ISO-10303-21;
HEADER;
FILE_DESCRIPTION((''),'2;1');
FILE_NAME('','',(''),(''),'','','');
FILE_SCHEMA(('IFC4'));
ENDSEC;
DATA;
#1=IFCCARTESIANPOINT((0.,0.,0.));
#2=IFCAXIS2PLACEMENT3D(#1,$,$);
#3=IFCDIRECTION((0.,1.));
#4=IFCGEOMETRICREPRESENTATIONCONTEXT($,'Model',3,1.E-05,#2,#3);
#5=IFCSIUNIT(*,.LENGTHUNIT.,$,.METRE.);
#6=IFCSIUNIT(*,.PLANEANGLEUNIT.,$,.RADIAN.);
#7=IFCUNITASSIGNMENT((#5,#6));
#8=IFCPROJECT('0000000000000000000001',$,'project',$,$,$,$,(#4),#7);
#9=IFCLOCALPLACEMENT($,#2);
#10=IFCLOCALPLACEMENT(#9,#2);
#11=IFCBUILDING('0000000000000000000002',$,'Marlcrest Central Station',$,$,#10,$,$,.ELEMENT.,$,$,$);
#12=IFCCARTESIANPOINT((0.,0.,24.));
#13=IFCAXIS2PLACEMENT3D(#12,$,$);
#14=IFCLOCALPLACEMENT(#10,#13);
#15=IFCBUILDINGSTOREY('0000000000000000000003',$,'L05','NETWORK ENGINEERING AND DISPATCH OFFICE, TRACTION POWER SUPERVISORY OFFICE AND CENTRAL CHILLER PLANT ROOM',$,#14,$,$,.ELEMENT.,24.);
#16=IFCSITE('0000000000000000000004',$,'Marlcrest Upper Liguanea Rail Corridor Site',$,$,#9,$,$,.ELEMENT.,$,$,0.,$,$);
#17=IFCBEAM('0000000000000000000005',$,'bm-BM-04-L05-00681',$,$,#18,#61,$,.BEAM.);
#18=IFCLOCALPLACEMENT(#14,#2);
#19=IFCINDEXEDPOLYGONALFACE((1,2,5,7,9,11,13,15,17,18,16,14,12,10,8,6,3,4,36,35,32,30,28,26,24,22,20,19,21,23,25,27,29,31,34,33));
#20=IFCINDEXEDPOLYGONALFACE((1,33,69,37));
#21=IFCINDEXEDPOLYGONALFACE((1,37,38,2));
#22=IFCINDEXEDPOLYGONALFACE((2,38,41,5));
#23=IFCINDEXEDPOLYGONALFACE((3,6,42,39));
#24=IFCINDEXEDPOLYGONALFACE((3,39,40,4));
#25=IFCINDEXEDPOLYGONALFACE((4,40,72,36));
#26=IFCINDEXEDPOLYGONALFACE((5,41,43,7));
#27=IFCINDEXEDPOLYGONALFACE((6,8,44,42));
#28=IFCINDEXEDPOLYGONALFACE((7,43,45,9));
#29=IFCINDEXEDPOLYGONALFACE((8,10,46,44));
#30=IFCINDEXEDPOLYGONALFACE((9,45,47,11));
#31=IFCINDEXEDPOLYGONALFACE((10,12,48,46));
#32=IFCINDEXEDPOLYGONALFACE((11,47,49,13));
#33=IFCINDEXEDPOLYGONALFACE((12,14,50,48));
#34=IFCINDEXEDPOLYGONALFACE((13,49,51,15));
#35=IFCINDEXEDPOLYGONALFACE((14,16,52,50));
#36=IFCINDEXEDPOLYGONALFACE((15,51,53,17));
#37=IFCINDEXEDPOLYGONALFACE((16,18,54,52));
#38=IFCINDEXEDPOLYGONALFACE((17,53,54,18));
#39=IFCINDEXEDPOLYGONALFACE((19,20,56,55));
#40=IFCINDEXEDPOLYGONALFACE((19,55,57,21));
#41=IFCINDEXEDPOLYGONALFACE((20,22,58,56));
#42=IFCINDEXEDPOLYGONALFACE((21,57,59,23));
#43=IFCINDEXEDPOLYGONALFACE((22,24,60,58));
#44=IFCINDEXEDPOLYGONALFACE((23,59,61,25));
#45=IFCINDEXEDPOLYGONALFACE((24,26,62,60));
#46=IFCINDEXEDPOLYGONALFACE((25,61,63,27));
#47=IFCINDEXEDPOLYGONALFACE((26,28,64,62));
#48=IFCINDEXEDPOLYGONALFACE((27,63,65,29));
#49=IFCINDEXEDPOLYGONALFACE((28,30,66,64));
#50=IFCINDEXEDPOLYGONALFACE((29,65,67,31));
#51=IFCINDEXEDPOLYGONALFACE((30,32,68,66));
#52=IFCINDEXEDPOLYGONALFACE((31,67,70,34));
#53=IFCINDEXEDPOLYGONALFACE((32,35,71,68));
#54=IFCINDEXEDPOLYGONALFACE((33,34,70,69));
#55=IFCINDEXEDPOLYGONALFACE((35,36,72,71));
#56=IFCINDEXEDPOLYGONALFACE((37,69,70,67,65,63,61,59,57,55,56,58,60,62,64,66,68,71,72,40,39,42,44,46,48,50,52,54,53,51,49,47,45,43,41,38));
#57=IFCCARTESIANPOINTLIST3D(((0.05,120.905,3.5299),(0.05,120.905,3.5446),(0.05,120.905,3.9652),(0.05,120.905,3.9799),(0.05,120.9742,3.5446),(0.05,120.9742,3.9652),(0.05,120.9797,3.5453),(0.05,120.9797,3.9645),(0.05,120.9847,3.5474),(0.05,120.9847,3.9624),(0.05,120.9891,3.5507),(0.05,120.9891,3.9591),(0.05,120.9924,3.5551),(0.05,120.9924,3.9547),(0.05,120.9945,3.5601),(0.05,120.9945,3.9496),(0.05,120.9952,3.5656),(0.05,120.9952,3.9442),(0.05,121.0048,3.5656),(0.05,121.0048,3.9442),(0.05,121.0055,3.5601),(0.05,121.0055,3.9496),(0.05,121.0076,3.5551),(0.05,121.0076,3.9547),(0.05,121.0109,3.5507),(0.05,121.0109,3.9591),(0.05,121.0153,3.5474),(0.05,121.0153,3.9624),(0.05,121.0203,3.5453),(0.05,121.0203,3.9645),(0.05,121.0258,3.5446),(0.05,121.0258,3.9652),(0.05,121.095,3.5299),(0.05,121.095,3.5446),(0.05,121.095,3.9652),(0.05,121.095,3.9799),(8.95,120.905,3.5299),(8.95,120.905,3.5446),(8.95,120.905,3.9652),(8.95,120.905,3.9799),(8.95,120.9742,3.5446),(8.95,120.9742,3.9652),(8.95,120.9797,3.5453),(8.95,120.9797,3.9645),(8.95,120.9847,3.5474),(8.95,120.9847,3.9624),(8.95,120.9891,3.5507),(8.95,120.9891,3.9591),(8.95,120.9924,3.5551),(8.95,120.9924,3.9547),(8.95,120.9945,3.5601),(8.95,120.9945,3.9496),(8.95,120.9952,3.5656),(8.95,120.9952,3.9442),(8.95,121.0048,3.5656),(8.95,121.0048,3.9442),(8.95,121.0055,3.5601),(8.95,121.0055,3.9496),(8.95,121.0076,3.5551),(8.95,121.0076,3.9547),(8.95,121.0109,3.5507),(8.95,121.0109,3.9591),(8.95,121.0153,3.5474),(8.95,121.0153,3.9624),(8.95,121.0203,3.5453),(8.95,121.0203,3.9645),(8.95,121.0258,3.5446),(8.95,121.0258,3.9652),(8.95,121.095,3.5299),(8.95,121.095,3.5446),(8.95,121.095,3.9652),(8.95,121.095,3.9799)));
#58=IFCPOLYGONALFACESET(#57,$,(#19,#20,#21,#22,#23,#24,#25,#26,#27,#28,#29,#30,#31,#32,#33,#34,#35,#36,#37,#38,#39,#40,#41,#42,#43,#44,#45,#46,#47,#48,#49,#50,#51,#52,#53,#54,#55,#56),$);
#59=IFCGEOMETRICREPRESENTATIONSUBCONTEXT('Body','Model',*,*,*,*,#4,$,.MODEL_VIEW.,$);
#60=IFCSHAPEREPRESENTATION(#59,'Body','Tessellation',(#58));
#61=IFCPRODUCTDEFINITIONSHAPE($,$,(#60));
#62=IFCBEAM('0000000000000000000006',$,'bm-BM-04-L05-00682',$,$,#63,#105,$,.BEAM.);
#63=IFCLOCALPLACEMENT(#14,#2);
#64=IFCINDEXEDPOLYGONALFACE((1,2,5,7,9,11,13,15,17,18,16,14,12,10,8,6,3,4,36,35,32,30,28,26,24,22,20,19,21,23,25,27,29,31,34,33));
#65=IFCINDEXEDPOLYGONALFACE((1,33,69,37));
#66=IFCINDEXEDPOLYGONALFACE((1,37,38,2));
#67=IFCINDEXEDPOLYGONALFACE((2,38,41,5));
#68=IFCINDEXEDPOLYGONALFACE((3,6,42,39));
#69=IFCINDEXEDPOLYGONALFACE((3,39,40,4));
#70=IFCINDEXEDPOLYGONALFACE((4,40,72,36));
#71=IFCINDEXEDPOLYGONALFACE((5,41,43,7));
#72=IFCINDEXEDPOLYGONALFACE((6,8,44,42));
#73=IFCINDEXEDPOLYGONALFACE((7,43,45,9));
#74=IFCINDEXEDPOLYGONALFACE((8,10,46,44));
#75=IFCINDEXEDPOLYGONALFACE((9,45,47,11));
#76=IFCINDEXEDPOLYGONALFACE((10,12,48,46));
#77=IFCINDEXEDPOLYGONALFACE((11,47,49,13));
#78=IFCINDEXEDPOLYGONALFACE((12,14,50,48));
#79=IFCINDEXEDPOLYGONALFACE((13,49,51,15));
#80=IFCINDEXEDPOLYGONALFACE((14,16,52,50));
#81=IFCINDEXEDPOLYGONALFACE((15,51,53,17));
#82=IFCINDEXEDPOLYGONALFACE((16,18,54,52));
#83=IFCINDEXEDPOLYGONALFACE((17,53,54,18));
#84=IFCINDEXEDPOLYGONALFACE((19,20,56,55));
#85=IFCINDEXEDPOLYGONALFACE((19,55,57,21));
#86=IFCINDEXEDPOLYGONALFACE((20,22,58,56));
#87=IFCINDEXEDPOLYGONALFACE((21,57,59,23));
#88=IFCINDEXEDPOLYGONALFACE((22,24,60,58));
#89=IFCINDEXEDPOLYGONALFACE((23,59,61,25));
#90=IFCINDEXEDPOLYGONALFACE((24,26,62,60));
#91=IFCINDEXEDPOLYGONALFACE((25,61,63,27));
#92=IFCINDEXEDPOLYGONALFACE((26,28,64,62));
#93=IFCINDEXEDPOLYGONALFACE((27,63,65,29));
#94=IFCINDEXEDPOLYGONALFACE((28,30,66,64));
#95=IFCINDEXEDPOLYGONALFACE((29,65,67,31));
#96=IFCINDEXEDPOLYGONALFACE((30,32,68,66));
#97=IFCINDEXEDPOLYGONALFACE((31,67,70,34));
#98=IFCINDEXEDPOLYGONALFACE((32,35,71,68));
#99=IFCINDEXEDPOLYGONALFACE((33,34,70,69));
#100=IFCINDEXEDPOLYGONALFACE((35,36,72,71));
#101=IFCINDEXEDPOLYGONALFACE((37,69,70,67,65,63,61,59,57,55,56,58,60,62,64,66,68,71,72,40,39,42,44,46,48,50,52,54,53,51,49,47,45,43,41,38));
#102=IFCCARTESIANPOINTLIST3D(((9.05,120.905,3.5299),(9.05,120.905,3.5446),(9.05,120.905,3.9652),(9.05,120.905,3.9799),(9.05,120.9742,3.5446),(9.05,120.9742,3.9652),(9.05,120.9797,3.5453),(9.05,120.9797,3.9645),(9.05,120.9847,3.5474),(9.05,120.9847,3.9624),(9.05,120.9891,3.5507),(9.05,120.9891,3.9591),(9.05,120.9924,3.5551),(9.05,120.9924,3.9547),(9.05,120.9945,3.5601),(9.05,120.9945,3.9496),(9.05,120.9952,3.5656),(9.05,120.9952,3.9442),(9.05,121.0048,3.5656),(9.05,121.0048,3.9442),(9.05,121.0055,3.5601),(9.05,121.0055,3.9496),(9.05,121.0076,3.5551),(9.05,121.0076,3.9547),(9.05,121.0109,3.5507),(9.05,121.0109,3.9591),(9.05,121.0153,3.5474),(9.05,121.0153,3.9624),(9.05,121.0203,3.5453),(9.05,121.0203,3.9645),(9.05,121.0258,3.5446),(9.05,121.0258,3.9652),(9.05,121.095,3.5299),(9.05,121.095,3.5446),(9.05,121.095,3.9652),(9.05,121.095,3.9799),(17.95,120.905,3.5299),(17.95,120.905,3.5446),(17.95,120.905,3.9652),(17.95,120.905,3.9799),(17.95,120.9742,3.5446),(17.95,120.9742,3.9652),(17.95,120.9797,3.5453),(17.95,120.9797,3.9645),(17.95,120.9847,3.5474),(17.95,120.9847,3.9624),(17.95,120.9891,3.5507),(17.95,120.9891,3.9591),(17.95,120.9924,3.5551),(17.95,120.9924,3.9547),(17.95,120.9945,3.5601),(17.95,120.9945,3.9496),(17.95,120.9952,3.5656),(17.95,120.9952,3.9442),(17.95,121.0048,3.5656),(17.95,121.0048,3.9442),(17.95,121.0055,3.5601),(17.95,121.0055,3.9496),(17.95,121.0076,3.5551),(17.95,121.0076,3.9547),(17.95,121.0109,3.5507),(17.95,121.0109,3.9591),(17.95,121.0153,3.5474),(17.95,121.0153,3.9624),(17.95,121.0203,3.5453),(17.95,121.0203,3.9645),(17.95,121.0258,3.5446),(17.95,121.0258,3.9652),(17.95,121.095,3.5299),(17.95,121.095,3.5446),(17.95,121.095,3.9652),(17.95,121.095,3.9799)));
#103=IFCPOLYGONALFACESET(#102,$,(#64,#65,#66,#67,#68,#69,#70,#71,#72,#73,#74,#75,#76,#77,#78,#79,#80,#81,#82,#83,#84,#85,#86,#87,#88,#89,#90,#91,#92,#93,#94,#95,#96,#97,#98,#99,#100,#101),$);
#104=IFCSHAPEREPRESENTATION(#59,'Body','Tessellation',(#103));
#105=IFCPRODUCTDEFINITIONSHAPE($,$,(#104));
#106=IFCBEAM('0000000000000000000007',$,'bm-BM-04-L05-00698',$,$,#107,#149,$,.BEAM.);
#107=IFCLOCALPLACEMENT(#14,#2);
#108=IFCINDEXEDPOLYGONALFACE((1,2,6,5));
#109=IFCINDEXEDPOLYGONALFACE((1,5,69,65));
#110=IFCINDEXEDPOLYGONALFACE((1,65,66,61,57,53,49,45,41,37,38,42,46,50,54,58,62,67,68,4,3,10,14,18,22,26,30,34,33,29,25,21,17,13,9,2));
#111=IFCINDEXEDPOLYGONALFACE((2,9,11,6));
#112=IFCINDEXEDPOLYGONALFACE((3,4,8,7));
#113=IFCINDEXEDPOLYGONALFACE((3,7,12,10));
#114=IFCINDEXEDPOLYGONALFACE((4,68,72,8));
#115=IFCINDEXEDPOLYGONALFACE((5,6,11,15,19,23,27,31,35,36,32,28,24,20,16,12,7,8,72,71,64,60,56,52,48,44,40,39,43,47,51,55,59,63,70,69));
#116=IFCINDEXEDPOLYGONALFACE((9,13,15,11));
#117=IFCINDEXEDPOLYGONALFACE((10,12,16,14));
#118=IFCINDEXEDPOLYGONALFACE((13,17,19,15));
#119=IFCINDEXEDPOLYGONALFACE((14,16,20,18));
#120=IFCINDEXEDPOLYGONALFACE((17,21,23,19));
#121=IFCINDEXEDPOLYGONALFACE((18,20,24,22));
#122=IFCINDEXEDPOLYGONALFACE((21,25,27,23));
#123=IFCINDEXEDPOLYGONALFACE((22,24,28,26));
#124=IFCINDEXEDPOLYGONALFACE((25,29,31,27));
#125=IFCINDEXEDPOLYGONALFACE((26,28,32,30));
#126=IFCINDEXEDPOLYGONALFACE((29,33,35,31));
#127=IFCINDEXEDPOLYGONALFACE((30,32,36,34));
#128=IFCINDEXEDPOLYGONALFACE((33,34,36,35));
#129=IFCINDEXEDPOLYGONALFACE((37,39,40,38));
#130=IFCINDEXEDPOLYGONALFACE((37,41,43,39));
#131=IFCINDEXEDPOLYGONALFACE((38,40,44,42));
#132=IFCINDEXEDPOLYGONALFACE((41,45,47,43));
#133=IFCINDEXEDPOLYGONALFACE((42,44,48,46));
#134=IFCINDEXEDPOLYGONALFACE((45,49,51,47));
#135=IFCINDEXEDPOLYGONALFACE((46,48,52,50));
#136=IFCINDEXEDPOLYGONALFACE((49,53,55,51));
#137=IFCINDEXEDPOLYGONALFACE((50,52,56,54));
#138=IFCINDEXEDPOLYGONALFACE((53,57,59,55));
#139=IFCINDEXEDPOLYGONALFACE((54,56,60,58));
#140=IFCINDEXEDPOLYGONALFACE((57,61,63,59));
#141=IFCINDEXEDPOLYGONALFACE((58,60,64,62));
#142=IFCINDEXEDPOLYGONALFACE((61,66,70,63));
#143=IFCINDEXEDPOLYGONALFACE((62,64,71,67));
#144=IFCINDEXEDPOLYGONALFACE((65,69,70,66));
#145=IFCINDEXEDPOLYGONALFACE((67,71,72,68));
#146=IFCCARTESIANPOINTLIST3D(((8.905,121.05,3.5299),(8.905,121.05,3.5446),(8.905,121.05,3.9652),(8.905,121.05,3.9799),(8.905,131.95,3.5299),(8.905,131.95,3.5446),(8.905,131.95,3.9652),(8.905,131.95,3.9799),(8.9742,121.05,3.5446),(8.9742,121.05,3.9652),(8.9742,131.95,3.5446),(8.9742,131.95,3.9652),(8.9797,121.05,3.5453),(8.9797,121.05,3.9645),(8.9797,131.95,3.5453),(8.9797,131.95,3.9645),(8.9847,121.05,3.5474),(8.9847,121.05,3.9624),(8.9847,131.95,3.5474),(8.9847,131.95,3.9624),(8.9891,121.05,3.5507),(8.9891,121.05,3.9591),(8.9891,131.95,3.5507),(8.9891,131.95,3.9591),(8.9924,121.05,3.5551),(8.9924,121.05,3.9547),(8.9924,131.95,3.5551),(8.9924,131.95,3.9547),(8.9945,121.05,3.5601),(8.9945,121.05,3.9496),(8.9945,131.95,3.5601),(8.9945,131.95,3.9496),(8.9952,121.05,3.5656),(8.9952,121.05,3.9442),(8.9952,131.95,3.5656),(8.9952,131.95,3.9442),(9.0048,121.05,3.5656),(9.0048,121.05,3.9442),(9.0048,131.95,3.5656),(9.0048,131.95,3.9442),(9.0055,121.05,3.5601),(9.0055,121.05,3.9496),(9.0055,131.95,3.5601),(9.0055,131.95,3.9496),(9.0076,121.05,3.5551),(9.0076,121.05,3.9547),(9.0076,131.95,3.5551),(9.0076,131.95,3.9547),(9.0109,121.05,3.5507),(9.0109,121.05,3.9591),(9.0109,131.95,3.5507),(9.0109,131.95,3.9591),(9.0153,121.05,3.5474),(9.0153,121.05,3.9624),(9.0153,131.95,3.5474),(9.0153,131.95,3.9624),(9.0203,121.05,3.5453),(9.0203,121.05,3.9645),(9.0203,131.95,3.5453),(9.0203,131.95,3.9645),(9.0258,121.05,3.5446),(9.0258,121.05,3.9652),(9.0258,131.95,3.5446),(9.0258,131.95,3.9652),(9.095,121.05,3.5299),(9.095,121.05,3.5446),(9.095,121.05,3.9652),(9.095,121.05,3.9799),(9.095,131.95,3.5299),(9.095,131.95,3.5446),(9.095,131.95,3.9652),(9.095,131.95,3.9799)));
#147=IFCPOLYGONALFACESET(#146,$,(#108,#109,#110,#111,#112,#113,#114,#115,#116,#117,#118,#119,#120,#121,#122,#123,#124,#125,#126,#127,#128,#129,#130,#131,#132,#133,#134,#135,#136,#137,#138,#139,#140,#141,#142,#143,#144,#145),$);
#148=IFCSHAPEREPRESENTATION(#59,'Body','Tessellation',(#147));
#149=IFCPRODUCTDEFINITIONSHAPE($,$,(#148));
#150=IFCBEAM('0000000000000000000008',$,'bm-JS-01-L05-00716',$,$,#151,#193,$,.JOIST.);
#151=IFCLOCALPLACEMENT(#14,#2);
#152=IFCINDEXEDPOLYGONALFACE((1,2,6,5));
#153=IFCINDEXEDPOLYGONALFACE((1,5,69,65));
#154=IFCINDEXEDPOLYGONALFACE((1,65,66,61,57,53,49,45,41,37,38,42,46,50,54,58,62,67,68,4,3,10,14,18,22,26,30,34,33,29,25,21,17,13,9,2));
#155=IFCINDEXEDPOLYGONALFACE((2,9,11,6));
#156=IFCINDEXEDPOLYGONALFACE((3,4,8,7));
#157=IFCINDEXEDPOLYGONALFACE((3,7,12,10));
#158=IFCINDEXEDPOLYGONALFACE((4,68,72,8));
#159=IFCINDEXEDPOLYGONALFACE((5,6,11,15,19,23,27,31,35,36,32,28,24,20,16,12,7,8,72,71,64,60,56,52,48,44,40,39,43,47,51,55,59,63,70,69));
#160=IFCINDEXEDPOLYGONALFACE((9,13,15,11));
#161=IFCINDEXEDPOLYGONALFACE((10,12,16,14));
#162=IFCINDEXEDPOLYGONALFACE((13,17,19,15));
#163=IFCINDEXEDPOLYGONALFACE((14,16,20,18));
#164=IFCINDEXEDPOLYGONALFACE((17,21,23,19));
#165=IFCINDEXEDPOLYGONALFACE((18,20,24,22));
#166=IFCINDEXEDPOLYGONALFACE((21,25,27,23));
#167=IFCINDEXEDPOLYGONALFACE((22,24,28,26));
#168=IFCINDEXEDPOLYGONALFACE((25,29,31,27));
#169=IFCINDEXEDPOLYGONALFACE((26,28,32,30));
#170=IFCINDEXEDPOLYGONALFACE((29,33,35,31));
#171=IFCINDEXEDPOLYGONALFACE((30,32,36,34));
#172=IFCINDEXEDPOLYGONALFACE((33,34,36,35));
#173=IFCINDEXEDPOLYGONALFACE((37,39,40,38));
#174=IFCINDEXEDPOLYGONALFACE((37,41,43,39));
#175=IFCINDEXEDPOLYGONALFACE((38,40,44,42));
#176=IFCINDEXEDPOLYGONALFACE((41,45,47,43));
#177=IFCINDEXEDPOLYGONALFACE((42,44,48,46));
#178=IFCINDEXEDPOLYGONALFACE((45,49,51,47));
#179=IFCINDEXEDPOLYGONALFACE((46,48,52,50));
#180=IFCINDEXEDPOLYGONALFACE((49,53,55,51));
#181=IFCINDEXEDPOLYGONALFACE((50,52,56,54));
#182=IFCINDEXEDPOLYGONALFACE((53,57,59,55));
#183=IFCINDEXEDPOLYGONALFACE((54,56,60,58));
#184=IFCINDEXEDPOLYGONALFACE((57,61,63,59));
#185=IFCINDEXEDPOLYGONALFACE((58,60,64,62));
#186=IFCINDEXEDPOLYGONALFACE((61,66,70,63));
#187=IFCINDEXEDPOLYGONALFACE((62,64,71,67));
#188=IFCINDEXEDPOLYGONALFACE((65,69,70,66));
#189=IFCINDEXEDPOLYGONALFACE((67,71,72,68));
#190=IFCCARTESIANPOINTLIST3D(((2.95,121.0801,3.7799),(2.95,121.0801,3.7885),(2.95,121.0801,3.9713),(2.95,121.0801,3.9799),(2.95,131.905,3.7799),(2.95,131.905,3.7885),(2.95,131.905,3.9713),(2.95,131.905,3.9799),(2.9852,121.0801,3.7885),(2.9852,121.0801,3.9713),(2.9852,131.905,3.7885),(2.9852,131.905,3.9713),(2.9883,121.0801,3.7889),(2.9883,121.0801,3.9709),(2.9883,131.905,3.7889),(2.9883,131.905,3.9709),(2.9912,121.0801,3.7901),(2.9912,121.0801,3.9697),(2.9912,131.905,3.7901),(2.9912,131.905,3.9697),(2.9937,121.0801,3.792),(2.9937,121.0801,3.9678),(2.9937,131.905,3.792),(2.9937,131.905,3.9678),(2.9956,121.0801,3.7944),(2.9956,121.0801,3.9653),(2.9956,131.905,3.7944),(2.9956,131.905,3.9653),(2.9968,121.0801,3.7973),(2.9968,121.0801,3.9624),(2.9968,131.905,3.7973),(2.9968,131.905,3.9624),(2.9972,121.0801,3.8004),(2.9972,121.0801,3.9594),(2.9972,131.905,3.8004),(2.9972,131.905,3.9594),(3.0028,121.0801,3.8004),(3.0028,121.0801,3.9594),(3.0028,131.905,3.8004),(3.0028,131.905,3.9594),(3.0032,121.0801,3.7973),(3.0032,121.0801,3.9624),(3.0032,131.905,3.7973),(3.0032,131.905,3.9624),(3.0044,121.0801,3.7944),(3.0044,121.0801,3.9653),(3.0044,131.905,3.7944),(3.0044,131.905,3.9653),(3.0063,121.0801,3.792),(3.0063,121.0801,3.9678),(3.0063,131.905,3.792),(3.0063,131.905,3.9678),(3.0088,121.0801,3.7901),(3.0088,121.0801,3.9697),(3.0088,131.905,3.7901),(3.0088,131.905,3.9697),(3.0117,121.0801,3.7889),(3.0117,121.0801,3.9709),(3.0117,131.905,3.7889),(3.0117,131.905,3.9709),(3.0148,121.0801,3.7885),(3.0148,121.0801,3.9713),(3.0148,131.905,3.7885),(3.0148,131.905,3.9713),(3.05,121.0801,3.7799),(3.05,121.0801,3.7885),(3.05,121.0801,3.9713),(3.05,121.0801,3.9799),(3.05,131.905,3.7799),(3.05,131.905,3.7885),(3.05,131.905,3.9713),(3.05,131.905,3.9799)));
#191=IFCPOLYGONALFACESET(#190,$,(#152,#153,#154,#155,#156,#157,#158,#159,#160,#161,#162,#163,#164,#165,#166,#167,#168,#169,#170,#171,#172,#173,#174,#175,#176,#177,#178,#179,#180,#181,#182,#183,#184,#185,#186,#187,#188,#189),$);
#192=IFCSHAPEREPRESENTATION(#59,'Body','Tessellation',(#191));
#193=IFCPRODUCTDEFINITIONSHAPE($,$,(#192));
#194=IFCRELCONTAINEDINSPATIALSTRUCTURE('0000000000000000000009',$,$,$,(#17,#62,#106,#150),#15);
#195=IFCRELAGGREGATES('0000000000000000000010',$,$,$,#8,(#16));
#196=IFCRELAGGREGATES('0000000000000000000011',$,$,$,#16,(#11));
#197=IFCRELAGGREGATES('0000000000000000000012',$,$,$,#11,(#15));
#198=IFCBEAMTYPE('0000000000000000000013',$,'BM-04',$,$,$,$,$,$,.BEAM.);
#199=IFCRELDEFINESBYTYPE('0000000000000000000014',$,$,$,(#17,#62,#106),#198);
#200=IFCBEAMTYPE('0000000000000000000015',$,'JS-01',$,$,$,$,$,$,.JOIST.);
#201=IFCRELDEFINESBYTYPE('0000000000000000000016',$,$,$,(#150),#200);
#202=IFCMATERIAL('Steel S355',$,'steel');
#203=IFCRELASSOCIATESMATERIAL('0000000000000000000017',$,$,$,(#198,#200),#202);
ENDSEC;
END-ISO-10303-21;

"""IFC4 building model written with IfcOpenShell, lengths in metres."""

from ifc_helpers import new_model, si_unit, direction, frame, origin, origin_2d, place, context, subcontext, project, spatial, i_section, extrude, material, material_profile, profile_set, type_object, element, save


model = new_model("IFC4")

# Units and contexts
model_context = context("Model", 3, precision=1e-05, world=origin(), true_north=direction((0.0, 1.0)))
body_context = subcontext(model_context, "Body", "Model", "MODEL_VIEW")
ifc_project = project(units=[si_unit("LENGTHUNIT", "METRE"), si_unit("PLANEANGLEUNIT", "RADIAN")], contexts=[model_context])

# Site, building, storey
site_placement = place(None, origin())
site = spatial("IfcSite", under=ifc_project, at=site_placement, Name="Marlcrest Upper Liguanea Rail Corridor Site", CompositionType="ELEMENT", RefElevation=0.0)
building_placement = place(site_placement, origin())
building = spatial("IfcBuilding", under=site, at=building_placement, Name="Marlcrest Central Station", CompositionType="ELEMENT")
storey_placement = place(building_placement, frame((0.0, 0.0, 24.0)))
storey = spatial("IfcBuildingStorey", under=building, at=storey_placement, Name="L05", Description="NETWORK ENGINEERING AND DISPATCH OFFICE, TRACTION POWER SUPERVISORY OFFICE AND CENTRAL CHILLER PLANT ROOM", CompositionType="ELEMENT", Elevation=24.0)

# Shared definitions
ifc_material_1 = material(Name="Steel S355", Category="steel")

# Beams
ifc_material_profile_1 = material_profile(ifc_material_1, i_section(OverallWidth=0.1899, OverallDepth=0.45, WebThickness=0.0095, FlangeThickness=0.0146, FilletRadius=0.021, at=origin_2d()), Name="IPE 450")
ifc_profile_set_1 = profile_set([ifc_material_profile_1], Name="Steel S355")
beam_type_1 = type_object("IfcBeamType", Name="BM-04", PredefinedType="BEAM", material=ifc_profile_set_1)
for number, where, z_axis, x_axis, name in (
    (1, (0.05, 121.0, 3.7549), (1.0, 0.0, 0.0), (0.0, 1.0, 0.0), "bm-BM-04-L05-00681"),
    (2, (9.05, 121.0, 3.7549), (1.0, 0.0, 0.0), (0.0, 1.0, 0.0), "bm-BM-04-L05-00682"),
):
    element("IfcBeam", number, at=place(storey_placement, frame(where, z_axis=z_axis, x_axis=x_axis)), inside=storey, type_object=beam_type_1, Name=name, PredefinedType="BEAM", context=body_context, shape_type="SweptSolid", body=[
        extrude(i_section(OverallWidth=0.1899, OverallDepth=0.45, WebThickness=0.0095, FlangeThickness=0.0146, FilletRadius=0.021, at=origin_2d()), origin(), (0.0, 0.0, 1.0), 8.8999),
    ])
beam_1_placement = place(storey_placement, frame((9.0, 121.05, 3.7549), z_axis=(0.0, 1.0, 0.0), x_axis=(-1.0, 0.0, 0.0)))
element("IfcBeam", 3, at=beam_1_placement, inside=storey, type_object=beam_type_1, Name="bm-BM-04-L05-00698", PredefinedType="BEAM", context=body_context, shape_type="SweptSolid", body=[
    extrude(i_section(OverallWidth=0.1899, OverallDepth=0.45, WebThickness=0.0095, FlangeThickness=0.0146, FilletRadius=0.021, at=origin_2d()), origin(), (0.0, 0.0, 1.0), 10.8999),
])
ifc_material_profile_2 = material_profile(ifc_material_1, i_section(OverallWidth=0.1001, OverallDepth=0.2, WebThickness=0.0056, FlangeThickness=0.0085, FilletRadius=0.012, at=origin_2d()), Name="IPE 200")
ifc_profile_set_2 = profile_set([ifc_material_profile_2], Name="Steel S355")
beam_type_2 = type_object("IfcBeamType", Name="JS-01", PredefinedType="JOIST", material=ifc_profile_set_2)
for number, where, z_axis, x_axis, name in (
    (4, (3.0, 121.0801, 3.8799), (0.0, 1.0, 0.0), (-1.0, 0.0, 0.0), "bm-JS-01-L05-00716"),
):
    element("IfcBeam", number, at=place(storey_placement, frame(where, z_axis=z_axis, x_axis=x_axis)), inside=storey, type_object=beam_type_2, Name=name, PredefinedType="JOIST", context=body_context, shape_type="SweptSolid", body=[
        extrude(i_section(OverallWidth=0.1001, OverallDepth=0.2, WebThickness=0.0056, FlangeThickness=0.0085, FilletRadius=0.012, at=origin_2d()), origin(), (0.0, 0.0, 1.0), 10.825),
    ])

save(model, "model.ifc")
